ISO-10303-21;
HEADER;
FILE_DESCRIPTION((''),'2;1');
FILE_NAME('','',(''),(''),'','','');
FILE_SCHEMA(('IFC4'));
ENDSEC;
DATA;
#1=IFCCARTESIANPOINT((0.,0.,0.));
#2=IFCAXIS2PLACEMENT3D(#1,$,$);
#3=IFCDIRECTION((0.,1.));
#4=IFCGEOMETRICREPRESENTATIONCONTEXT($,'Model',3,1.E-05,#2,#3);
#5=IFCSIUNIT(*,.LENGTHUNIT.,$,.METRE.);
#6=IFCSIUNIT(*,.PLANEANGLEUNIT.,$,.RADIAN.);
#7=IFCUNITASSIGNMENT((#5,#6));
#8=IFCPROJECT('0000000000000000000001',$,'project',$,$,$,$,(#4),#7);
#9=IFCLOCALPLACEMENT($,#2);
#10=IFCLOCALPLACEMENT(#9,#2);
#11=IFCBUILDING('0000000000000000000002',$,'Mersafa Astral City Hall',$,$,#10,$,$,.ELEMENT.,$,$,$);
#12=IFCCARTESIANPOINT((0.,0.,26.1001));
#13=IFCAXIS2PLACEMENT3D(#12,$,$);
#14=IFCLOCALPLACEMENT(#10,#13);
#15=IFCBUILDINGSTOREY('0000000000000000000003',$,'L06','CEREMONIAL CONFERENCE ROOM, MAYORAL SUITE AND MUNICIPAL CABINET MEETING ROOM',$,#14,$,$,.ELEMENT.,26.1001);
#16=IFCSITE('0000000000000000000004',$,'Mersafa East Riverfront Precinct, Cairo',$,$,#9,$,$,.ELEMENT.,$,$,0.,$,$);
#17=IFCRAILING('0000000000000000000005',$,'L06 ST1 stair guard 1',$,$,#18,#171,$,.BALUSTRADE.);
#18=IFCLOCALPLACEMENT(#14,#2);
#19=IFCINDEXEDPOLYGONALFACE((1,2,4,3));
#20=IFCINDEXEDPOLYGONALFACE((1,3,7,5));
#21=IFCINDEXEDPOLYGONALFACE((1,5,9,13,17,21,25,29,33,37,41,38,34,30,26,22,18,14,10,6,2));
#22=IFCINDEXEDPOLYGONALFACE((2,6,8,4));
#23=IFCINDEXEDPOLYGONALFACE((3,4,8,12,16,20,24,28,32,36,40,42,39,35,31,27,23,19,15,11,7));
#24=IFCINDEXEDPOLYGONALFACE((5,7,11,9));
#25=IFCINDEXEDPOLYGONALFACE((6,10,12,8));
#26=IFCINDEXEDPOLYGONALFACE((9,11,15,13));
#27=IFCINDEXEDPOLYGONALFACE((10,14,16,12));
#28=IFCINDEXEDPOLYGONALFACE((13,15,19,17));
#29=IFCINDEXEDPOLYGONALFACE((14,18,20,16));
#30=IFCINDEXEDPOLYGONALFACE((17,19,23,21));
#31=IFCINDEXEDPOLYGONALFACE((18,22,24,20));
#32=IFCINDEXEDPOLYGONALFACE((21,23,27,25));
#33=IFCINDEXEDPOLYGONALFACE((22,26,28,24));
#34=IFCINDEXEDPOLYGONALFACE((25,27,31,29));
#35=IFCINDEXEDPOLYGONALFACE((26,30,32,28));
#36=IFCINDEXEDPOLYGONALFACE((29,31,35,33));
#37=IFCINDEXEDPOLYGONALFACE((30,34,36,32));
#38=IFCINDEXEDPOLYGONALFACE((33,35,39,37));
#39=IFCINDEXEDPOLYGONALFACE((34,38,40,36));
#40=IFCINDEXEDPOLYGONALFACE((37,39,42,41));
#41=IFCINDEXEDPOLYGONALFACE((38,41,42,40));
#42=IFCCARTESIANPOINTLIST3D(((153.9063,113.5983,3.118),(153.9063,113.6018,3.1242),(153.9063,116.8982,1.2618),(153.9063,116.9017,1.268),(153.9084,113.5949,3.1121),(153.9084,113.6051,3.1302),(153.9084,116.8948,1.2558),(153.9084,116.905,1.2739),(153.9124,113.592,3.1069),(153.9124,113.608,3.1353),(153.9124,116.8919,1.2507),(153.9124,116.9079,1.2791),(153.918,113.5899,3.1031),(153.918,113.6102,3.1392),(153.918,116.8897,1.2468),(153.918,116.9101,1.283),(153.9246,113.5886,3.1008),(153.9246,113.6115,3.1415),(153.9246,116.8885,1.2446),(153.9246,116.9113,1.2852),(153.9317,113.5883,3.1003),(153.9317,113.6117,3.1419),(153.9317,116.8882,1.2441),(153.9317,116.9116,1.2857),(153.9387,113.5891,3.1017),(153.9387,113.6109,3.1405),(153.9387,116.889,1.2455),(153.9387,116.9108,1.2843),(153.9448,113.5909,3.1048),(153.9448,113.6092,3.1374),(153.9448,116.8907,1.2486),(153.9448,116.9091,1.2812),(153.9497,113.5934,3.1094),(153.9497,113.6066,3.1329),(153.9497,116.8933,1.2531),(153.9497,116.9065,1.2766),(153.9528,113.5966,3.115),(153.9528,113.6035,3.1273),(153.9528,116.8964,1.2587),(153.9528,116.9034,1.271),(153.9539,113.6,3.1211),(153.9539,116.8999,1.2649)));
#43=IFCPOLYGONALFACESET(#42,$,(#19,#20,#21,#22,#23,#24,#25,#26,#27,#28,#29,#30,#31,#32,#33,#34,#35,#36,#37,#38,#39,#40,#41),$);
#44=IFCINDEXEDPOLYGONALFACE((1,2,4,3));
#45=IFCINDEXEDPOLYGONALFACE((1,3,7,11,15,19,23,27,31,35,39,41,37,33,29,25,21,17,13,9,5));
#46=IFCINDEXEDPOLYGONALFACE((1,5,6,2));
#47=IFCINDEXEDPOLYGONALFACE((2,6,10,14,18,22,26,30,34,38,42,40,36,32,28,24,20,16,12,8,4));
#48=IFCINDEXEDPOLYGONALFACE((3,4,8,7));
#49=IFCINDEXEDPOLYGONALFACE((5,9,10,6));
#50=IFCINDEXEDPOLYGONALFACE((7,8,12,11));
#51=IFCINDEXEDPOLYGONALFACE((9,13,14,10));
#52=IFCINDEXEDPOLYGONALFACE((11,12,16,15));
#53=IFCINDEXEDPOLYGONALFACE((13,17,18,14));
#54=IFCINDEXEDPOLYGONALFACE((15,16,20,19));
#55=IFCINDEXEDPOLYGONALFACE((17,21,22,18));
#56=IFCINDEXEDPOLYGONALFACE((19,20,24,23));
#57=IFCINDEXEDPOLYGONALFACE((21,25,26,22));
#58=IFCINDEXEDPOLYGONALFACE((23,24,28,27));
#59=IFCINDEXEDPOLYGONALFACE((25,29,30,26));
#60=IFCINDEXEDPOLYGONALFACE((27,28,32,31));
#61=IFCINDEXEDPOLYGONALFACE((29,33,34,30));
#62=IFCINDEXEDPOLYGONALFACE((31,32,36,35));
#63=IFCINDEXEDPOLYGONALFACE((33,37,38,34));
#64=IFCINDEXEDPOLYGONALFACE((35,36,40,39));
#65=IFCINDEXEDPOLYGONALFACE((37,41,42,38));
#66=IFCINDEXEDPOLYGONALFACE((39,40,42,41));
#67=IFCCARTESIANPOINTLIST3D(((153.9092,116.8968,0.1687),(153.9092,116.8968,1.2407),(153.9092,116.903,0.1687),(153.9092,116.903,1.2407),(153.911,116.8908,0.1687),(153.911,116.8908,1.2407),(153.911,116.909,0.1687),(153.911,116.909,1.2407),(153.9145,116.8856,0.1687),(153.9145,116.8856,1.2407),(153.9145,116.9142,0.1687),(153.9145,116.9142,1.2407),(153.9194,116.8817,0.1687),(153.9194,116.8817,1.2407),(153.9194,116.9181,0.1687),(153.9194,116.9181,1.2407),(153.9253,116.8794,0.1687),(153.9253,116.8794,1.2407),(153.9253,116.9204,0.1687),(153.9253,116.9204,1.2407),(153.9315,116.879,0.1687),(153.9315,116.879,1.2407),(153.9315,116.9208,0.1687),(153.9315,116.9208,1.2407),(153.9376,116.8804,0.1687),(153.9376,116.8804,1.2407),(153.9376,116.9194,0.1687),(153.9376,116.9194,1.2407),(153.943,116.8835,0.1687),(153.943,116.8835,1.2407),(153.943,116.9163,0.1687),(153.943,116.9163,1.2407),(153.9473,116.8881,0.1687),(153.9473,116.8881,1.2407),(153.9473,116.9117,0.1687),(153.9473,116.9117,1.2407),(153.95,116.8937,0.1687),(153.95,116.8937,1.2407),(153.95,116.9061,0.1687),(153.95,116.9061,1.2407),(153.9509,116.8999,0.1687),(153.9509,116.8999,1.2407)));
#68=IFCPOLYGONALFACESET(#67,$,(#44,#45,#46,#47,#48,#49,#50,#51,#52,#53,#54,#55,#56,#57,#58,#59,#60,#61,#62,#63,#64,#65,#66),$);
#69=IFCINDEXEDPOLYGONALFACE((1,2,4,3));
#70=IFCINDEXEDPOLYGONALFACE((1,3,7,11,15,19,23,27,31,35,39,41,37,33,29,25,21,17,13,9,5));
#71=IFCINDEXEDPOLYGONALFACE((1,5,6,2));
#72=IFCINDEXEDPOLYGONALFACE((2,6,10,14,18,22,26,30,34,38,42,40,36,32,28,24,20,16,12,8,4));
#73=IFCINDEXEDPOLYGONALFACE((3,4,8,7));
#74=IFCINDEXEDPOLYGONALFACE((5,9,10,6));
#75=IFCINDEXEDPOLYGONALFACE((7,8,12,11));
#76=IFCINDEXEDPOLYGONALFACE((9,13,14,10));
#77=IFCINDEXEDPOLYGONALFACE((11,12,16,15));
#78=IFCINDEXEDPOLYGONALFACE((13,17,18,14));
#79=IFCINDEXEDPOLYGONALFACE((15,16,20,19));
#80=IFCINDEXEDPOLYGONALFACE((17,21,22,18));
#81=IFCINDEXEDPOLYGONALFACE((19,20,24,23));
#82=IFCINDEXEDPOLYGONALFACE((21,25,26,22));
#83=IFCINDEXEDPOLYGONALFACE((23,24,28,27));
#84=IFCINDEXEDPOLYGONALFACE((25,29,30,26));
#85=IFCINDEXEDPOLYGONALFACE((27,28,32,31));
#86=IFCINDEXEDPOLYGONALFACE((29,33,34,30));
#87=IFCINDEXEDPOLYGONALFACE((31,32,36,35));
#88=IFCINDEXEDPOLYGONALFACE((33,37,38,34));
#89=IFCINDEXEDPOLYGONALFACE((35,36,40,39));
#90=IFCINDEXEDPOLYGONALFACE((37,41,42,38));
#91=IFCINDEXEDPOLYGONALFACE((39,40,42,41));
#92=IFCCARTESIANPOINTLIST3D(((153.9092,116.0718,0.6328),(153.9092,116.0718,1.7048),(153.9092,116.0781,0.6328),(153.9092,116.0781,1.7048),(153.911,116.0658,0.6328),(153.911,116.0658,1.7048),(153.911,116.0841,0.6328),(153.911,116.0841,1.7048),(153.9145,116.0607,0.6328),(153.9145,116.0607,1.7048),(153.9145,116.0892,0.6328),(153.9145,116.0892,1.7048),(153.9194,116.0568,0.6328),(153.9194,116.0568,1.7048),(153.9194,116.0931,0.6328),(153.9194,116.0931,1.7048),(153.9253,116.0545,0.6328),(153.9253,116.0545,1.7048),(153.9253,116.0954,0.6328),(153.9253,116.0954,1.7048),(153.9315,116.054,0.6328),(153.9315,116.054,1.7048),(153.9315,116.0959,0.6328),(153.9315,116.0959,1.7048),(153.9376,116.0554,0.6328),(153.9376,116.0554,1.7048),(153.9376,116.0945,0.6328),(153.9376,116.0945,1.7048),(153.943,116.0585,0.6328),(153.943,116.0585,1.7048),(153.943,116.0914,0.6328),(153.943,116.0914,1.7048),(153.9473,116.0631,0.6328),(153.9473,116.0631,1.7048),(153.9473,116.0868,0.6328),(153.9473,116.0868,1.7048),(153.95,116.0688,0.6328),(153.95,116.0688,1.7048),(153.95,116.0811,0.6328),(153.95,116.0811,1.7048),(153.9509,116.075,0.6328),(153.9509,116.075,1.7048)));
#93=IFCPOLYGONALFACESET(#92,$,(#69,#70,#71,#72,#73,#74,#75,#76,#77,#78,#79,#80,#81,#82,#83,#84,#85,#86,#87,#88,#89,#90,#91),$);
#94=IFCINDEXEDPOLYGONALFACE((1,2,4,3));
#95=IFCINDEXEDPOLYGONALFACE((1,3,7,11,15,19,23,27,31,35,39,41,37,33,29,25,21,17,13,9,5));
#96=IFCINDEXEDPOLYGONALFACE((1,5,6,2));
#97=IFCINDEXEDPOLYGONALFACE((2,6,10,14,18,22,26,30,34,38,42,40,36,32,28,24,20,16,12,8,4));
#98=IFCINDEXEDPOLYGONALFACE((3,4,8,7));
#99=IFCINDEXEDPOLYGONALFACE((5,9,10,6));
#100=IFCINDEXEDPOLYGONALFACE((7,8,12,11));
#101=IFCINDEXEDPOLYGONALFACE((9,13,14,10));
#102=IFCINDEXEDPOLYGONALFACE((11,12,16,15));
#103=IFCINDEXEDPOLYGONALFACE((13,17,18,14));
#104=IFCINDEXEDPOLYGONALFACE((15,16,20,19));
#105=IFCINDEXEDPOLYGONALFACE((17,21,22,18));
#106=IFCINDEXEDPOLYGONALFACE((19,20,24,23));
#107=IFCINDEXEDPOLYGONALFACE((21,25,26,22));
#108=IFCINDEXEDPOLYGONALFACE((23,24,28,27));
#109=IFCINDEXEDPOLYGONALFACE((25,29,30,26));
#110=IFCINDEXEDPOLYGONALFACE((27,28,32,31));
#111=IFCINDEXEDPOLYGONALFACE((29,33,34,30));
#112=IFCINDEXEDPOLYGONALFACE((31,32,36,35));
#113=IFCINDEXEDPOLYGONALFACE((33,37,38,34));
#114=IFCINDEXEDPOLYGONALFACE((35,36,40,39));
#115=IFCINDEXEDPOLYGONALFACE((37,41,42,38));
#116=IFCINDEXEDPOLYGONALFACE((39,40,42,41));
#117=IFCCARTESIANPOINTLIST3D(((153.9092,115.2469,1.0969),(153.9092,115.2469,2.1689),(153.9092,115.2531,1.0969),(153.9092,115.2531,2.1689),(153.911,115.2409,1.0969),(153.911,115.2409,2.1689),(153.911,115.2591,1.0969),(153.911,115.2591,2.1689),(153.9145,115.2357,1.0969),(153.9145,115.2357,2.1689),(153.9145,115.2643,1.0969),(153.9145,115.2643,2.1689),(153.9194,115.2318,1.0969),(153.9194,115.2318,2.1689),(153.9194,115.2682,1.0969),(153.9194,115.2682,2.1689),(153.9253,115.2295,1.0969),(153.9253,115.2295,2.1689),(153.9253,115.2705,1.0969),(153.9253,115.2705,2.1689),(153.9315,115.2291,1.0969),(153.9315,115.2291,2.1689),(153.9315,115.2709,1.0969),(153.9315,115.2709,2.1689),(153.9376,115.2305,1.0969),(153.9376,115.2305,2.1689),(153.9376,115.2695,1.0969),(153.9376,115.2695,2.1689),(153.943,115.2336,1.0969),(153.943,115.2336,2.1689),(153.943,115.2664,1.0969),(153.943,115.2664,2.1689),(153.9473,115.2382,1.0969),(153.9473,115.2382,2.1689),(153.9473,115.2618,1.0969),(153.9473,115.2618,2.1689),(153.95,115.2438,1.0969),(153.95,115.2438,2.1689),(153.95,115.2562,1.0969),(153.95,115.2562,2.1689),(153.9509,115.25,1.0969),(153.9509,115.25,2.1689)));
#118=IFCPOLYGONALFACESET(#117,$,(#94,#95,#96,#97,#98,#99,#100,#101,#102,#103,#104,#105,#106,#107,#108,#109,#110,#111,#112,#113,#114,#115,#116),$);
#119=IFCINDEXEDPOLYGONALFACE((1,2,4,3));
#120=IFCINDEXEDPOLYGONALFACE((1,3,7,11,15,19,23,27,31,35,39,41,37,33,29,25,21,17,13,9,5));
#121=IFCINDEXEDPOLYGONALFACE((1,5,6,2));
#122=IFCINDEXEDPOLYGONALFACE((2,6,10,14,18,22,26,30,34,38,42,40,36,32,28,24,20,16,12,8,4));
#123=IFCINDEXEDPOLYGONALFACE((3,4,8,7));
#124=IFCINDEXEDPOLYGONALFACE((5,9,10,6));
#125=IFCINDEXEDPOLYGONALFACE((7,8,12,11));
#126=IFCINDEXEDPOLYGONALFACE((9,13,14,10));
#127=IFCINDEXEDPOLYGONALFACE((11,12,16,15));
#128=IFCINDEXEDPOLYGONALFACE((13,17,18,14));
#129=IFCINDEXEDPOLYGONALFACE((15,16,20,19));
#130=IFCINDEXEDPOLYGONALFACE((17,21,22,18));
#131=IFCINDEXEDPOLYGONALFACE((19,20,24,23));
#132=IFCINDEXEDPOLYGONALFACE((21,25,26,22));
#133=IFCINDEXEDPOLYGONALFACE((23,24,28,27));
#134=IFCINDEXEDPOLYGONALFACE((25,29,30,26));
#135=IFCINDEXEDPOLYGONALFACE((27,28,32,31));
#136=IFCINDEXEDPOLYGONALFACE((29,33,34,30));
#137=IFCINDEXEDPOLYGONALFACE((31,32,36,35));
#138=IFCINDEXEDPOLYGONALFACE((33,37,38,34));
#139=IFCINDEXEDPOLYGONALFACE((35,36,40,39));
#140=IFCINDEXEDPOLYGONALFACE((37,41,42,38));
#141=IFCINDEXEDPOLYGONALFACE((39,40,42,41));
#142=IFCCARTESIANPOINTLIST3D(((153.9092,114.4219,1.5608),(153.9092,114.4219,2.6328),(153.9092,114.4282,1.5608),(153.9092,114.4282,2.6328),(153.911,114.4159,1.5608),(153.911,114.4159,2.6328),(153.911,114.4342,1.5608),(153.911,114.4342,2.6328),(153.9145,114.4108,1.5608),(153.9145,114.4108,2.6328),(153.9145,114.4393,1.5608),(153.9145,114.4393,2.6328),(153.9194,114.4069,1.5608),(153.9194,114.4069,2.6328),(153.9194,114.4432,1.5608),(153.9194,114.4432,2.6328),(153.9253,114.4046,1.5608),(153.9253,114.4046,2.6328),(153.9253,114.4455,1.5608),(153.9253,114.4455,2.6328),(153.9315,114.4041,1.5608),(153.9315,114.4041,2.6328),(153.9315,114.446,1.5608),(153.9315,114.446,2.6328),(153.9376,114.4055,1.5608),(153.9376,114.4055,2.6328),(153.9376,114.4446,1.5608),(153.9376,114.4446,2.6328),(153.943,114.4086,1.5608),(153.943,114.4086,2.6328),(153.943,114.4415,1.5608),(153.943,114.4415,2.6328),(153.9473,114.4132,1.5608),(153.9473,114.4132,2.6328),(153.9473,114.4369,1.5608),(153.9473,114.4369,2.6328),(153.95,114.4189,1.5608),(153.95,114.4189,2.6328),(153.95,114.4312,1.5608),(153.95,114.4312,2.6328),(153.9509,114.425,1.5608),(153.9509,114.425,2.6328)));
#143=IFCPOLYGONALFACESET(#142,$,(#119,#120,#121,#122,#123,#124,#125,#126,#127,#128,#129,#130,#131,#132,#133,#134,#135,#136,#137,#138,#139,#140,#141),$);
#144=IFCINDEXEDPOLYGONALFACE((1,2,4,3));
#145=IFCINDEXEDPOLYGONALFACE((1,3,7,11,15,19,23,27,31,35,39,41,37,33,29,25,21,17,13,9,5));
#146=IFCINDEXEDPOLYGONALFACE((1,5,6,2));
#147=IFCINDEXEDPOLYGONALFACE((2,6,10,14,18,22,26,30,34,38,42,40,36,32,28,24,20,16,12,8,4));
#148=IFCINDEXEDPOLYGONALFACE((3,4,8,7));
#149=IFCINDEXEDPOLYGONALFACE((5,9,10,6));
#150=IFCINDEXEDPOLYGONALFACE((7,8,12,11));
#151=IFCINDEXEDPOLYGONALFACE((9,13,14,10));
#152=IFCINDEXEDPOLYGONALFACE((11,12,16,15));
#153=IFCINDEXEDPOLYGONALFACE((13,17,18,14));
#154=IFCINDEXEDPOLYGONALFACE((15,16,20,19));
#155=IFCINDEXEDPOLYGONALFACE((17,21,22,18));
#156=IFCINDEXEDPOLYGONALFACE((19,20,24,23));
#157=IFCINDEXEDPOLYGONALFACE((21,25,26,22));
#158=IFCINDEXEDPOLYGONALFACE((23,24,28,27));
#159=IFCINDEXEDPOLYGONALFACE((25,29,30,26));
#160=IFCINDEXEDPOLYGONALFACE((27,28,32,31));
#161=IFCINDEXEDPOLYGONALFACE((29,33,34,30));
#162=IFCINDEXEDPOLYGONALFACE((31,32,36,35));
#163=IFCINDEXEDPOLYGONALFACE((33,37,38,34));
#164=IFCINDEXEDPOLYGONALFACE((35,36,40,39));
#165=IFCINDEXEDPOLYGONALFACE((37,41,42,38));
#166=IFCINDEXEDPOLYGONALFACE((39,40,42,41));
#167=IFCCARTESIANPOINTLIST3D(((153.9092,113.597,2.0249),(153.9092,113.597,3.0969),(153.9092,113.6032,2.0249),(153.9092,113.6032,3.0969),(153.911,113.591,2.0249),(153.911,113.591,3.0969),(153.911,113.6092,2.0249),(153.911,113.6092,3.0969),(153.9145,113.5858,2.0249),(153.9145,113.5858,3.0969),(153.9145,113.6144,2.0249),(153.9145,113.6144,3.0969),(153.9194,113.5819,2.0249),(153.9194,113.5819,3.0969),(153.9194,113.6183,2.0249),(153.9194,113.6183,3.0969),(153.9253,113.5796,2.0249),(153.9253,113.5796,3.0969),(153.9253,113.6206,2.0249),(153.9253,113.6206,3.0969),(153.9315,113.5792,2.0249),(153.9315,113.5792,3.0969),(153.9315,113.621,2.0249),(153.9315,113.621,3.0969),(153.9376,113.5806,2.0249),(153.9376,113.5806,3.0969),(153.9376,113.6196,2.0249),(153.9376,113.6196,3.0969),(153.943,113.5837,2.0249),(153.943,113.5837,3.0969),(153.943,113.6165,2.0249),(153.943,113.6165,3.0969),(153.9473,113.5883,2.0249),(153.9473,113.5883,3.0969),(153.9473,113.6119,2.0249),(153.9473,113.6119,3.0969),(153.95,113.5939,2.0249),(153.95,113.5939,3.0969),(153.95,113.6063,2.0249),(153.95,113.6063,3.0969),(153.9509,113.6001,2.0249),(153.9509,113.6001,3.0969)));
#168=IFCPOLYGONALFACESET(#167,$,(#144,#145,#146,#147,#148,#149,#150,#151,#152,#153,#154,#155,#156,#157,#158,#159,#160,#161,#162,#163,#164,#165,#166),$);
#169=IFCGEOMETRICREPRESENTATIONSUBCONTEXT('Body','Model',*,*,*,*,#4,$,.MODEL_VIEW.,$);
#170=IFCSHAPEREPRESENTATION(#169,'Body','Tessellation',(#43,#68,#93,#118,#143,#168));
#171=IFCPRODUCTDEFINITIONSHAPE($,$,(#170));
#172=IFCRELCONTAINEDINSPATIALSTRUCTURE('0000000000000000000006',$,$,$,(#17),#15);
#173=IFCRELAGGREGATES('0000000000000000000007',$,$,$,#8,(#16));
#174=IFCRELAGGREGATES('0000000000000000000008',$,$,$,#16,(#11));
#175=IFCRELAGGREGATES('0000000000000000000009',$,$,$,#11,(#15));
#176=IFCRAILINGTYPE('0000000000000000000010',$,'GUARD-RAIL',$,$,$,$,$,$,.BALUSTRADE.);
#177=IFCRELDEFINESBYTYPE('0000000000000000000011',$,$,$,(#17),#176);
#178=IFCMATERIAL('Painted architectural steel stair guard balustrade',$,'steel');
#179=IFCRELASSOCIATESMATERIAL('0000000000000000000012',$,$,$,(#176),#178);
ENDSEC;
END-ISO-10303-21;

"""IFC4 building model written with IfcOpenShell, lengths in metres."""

from ifc_helpers import new_model, si_unit, direction, frame, origin, origin_2d, place, context, subcontext, project, spatial, circle, extrude, material, type_object, element, save


model = new_model("IFC4")

# Units and contexts
model_context = context("Model", 3, precision=1e-05, world=origin(), true_north=direction((0.0, 1.0)))
body_context = subcontext(model_context, "Body", "Model", "MODEL_VIEW")
ifc_project = project(units=[si_unit("LENGTHUNIT", "METRE"), si_unit("PLANEANGLEUNIT", "RADIAN")], contexts=[model_context])

# Site, building, storey
site_placement = place(None, origin())
site = spatial("IfcSite", under=ifc_project, at=site_placement, Name="Mersafa East Riverfront Precinct, Cairo", CompositionType="ELEMENT", RefElevation=0.0)
building_placement = place(site_placement, origin())
building = spatial("IfcBuilding", under=site, at=building_placement, Name="Mersafa Astral City Hall", CompositionType="ELEMENT")
storey_placement = place(building_placement, frame((0.0, 0.0, 26.1001)))
storey = spatial("IfcBuildingStorey", under=building, at=storey_placement, Name="L06", Description="CEREMONIAL CONFERENCE ROOM, MAYORAL SUITE AND MUNICIPAL CABINET MEETING ROOM", CompositionType="ELEMENT", Elevation=26.1001)

# Railing
ifc_material_1 = material(Name="Painted architectural steel stair guard balustrade", Category="steel")
railing_type_1 = type_object("IfcRailingType", Name="GUARD-RAIL", PredefinedType="BALUSTRADE", material=ifc_material_1)
railing_1_placement = place(storey_placement, frame((153.9299, 116.8999, 0.1687)))
element("IfcRailing", 1, at=railing_1_placement, inside=storey, type_object=railing_type_1, Name="L06 ST1 stair guard 1", PredefinedType="BALUSTRADE", context=body_context, shape_type="SweptSolid", body=[
    extrude(circle(Radius=0.0239, at=origin_2d()), frame((0.0, 0.0, 1.0962), z_axis=(0.0, -0.871569, 0.490273), x_axis=(1.0, 0.0, 0.0)), (0.0, 0.0, 1.0), 3.7861),
    extrude(circle(Radius=0.021, at=origin_2d()), origin(), (0.0, 0.0, 1.0), 1.072),
    extrude(circle(Radius=0.021, at=origin_2d()), frame((0.0, -0.825, 0.4641)), (0.0, 0.0, 1.0), 1.072),
    extrude(circle(Radius=0.021, at=origin_2d()), frame((0.0, -1.6499, 0.9282)), (0.0, 0.0, 1.0), 1.072),
    extrude(circle(Radius=0.021, at=origin_2d()), frame((0.0, -2.4749, 1.3921)), (0.0, 0.0, 1.0), 1.072),
    extrude(circle(Radius=0.021, at=origin_2d()), frame((0.0, -3.2998, 1.8562)), (0.0, 0.0, 1.0), 1.072),
])

save(model, "model.ifc")
